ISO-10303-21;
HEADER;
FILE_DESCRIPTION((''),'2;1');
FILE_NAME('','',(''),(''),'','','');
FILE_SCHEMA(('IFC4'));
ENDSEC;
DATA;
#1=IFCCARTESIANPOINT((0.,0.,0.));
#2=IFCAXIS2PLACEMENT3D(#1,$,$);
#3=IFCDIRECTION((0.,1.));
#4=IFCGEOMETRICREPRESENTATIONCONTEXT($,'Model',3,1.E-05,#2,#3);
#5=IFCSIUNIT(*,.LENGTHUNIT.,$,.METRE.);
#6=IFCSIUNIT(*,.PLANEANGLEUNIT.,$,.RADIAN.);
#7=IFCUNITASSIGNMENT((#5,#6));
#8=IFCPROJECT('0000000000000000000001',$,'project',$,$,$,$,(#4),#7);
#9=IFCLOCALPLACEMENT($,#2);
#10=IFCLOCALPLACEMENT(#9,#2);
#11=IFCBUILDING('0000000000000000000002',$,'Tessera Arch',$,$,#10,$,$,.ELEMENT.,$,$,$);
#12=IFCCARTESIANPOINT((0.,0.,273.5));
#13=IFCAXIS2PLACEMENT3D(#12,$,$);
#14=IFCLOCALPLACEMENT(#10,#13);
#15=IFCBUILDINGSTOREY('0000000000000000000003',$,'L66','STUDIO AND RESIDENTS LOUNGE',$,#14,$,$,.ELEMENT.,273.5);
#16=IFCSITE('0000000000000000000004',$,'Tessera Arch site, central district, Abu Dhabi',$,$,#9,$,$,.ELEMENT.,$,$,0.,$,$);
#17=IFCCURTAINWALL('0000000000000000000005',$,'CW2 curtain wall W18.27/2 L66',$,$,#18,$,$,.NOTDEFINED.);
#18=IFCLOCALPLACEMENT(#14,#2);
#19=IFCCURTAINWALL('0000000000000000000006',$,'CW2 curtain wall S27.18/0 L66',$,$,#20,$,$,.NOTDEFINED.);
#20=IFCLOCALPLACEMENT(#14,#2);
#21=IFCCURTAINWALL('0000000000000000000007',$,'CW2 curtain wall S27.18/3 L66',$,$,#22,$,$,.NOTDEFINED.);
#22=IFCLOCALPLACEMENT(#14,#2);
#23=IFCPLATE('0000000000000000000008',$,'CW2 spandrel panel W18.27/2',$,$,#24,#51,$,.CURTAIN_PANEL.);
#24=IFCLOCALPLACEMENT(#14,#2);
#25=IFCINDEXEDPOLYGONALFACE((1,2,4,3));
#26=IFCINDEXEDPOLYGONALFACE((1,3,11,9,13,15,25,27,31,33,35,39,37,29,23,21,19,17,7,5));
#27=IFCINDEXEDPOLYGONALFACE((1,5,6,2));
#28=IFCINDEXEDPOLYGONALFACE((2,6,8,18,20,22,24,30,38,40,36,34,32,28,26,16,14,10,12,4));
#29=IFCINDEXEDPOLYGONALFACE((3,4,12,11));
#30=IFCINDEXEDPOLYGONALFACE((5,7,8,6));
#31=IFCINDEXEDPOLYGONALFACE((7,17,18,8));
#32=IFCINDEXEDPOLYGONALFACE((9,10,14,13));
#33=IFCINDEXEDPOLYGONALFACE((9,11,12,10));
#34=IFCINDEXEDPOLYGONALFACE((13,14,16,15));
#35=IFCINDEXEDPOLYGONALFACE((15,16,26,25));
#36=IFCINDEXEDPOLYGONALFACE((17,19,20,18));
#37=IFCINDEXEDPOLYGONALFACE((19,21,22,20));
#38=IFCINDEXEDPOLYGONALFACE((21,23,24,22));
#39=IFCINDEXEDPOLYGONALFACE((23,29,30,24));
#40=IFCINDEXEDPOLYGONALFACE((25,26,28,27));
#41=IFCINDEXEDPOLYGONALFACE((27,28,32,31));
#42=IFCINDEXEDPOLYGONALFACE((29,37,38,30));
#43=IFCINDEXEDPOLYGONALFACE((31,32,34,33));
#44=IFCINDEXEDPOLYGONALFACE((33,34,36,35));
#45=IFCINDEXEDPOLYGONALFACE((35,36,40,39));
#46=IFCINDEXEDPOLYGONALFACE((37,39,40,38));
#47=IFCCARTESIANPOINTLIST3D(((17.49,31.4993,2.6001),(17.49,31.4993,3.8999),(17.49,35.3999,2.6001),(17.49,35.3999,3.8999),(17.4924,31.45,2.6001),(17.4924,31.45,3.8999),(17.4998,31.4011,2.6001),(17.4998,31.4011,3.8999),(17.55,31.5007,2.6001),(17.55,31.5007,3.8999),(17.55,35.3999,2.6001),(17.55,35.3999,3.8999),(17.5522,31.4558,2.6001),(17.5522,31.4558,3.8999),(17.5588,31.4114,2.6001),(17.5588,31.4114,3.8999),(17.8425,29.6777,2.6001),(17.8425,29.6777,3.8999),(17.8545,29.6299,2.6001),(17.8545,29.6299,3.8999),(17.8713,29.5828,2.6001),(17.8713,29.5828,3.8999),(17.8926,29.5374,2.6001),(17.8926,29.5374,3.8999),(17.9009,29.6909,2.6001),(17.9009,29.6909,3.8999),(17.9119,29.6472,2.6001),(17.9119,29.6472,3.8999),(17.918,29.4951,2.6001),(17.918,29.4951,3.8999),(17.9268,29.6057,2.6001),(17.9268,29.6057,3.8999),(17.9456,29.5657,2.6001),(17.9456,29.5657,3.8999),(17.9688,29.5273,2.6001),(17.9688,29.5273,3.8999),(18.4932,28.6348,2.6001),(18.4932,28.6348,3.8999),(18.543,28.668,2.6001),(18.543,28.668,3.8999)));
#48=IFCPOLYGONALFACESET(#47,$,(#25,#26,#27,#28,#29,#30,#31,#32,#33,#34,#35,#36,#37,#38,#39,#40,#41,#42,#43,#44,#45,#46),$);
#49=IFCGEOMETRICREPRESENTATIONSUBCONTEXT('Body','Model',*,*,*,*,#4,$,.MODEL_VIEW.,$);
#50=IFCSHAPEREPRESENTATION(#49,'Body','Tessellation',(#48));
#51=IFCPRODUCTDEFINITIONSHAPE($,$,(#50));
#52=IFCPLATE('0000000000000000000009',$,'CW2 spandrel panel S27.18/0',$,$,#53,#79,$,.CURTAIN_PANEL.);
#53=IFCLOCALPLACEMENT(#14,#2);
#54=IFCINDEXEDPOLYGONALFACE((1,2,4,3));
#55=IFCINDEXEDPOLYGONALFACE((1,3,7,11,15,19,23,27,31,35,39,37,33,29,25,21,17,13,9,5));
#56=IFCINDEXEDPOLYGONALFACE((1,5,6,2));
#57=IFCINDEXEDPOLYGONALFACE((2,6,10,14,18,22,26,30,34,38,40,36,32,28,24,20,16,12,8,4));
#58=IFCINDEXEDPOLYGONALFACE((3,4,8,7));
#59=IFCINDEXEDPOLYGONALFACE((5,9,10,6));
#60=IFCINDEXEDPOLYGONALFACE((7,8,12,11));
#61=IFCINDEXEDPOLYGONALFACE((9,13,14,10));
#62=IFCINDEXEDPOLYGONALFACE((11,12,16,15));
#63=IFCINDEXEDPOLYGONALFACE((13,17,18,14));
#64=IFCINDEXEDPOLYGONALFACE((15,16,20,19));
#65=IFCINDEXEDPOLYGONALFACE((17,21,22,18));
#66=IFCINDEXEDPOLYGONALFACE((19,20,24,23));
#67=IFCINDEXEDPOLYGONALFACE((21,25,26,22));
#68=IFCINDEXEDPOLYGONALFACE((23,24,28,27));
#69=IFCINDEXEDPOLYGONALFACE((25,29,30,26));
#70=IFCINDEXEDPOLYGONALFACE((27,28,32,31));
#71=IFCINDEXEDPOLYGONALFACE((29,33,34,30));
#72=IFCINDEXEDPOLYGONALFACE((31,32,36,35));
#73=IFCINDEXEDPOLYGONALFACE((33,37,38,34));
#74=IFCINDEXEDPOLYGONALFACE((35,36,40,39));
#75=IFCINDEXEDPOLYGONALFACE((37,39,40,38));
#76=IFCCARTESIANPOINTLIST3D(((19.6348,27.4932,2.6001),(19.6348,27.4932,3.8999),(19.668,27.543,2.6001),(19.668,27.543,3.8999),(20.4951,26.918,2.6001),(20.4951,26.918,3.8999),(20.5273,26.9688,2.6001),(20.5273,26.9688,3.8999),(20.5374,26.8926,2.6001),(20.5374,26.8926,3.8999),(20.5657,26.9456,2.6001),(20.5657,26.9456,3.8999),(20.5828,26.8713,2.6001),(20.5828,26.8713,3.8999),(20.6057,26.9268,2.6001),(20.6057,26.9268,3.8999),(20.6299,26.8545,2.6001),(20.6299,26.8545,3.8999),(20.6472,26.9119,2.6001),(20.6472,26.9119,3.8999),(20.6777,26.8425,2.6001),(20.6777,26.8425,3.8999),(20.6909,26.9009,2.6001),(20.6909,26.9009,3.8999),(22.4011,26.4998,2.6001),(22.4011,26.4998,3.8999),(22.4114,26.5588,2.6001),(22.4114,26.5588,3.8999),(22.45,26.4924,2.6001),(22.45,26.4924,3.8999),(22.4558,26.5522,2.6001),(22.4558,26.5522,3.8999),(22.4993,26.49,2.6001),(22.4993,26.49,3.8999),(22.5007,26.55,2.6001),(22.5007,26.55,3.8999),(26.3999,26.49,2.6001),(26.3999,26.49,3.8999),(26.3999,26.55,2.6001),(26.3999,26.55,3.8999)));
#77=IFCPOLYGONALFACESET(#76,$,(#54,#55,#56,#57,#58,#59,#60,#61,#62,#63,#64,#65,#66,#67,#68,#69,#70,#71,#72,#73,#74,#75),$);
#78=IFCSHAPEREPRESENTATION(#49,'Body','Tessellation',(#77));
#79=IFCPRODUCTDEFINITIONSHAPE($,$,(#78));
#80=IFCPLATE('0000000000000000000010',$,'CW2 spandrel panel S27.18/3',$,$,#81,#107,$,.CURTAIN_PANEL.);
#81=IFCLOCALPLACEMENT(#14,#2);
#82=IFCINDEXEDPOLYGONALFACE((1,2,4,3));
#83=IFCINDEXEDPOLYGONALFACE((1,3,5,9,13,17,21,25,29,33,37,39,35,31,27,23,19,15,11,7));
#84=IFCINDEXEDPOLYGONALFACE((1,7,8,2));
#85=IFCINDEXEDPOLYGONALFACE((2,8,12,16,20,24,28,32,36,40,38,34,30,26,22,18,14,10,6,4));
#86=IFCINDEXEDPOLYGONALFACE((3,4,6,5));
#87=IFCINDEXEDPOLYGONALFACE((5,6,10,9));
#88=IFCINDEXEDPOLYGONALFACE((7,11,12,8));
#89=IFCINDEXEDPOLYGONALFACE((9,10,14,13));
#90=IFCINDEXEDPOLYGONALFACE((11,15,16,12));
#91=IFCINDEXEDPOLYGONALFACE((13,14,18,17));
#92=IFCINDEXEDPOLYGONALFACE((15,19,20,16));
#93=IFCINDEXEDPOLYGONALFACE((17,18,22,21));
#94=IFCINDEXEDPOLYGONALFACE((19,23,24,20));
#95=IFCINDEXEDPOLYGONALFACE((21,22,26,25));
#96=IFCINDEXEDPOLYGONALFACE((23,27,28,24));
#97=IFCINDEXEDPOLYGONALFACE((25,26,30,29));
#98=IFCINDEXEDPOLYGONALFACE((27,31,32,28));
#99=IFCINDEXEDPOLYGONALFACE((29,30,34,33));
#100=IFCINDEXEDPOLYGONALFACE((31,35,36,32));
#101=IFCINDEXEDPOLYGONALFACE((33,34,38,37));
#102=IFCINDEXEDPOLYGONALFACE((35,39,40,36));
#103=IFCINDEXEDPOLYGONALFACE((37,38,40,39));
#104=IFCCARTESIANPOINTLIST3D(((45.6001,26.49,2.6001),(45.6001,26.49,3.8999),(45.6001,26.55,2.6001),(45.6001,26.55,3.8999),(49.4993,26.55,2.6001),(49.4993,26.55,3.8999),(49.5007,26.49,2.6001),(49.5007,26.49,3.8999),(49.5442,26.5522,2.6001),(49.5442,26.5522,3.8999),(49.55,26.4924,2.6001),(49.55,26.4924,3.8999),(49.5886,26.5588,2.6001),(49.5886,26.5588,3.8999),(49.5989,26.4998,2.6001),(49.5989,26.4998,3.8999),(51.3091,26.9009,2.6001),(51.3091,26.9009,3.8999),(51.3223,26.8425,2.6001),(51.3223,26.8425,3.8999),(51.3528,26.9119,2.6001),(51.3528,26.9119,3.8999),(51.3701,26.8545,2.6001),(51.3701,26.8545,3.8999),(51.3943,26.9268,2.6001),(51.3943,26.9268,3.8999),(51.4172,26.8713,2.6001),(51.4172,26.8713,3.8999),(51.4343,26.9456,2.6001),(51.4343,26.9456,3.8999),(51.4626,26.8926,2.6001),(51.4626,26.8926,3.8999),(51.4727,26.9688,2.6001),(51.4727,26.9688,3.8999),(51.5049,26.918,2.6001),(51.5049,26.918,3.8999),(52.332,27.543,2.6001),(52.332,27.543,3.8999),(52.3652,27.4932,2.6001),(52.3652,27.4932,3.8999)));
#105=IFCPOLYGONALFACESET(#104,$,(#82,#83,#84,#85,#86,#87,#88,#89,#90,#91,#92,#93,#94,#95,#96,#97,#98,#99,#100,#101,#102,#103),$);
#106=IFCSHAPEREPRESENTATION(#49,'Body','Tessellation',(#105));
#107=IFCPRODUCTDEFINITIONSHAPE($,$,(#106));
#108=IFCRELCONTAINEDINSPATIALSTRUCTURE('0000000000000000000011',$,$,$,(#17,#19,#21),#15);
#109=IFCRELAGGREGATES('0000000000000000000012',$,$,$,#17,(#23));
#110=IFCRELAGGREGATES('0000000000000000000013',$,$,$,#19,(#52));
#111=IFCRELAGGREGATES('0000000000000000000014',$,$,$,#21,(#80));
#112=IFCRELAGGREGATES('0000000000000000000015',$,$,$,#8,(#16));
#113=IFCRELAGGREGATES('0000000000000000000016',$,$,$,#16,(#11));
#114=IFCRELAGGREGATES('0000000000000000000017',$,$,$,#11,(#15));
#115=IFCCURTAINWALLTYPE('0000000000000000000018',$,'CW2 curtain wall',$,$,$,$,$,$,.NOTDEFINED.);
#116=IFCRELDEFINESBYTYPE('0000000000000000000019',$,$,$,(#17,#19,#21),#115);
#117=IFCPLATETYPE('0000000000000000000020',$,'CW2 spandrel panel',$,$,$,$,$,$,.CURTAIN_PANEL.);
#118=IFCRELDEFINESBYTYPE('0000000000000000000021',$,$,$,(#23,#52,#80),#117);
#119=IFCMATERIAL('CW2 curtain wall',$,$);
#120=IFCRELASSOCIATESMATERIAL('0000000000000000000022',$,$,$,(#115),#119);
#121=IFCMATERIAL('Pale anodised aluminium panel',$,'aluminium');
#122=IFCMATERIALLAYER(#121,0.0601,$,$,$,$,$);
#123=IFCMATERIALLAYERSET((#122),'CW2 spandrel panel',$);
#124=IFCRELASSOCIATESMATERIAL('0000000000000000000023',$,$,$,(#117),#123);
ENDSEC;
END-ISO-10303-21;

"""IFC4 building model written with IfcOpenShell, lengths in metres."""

from ifc_helpers import new_model, si_unit, direction, frame, origin, place, context, subcontext, project, spatial, polyline, outline, extrude, material, layer, layer_set, type_object, element, aggregate, save


model = new_model("IFC4")

# Units and contexts
model_context = context("Model", 3, precision=1e-05, world=origin(), true_north=direction((0.0, 1.0)))
body_context = subcontext(model_context, "Body", "Model", "MODEL_VIEW")
ifc_project = project(units=[si_unit("LENGTHUNIT", "METRE"), si_unit("PLANEANGLEUNIT", "RADIAN")], contexts=[model_context])

# Site, building, storey
site_placement = place(None, origin())
site = spatial("IfcSite", under=ifc_project, at=site_placement, Name="Tessera Arch site, central district, Abu Dhabi", CompositionType="ELEMENT", RefElevation=0.0)
building_placement = place(site_placement, origin())
building = spatial("IfcBuilding", under=site, at=building_placement, Name="Tessera Arch", CompositionType="ELEMENT")
storey_placement = place(building_placement, frame((0.0, 0.0, 273.5)))
storey = spatial("IfcBuildingStorey", under=building, at=storey_placement, Name="L66", Description="STUDIO AND RESIDENTS LOUNGE", CompositionType="ELEMENT", Elevation=273.5)

# Curtain walls
ifc_material_1 = material(Name="CW2 curtain wall")
curtain_wall_type = type_object("IfcCurtainWallType", Name="CW2 curtain wall", PredefinedType="NOTDEFINED", material=ifc_material_1)
curtain_wall_1_placement = place(storey_placement, origin())
curtain_wall_1 = element("IfcCurtainWall", 1, at=curtain_wall_1_placement, inside=storey, type_object=curtain_wall_type, Name="CW2 curtain wall W18.27/2 L66", PredefinedType="NOTDEFINED")
curtain_wall_2_placement = place(storey_placement, origin())
curtain_wall_2 = element("IfcCurtainWall", 2, at=curtain_wall_2_placement, inside=storey, type_object=curtain_wall_type, Name="CW2 curtain wall S27.18/0 L66", PredefinedType="NOTDEFINED")
curtain_wall_3_placement = place(storey_placement, origin())
curtain_wall_3 = element("IfcCurtainWall", 3, at=curtain_wall_3_placement, inside=storey, type_object=curtain_wall_type, Name="CW2 curtain wall S27.18/3 L66", PredefinedType="NOTDEFINED")

# Plates
ifc_material_2 = material(Name="Pale anodised aluminium panel", Category="aluminium")
ifc_layer_1 = layer(ifc_material_2, 0.0601)
ifc_layer_set_1 = layer_set([ifc_layer_1], Name="CW2 spandrel panel")
plate_type_1 = type_object("IfcPlateType", Name="CW2 spandrel panel", PredefinedType="CURTAIN_PANEL", material=ifc_layer_set_1)
plate_1_placement = place(storey_placement, frame((0.0, 0.0, 2.6001)))
plate_1 = element("IfcPlate", 4, at=plate_1_placement, type_object=plate_type_1, Name="CW2 spandrel panel W18.27/2", PredefinedType="CURTAIN_PANEL", context=body_context, shape_type="SweptSolid", body=[
    extrude(outline(polyline([(17.55, 31.5007), (17.55, 35.3999), (17.49, 35.3999), (17.49, 31.4993), (17.4924, 31.45), (17.4998, 31.4011), (17.8425, 29.6777), (17.8545, 29.6299), (17.8713, 29.5828), (17.8926, 29.5374), (17.918, 29.4951), (18.4932, 28.6348), (18.543, 28.668), (17.9688, 29.5273), (17.9456, 29.5657), (17.9268, 29.6057), (17.9119, 29.6472), (17.9009, 29.6909), (17.5588, 31.4114), (17.5522, 31.4558), (17.55, 31.5007)])), origin(), (0.0, 0.0, 1.0), 1.2998),
])
aggregate(curtain_wall_1, [plate_1])
plate_2_placement = place(storey_placement, frame((0.0, 0.0, 2.6001)))
plate_2 = element("IfcPlate", 5, at=plate_2_placement, type_object=plate_type_1, Name="CW2 spandrel panel S27.18/0", PredefinedType="CURTAIN_PANEL", context=body_context, shape_type="SweptSolid", body=[
    extrude(outline(polyline([(20.5273, 26.9688), (19.668, 27.543), (19.6348, 27.4932), (20.4951, 26.918), (20.5374, 26.8926), (20.5828, 26.8713), (20.6299, 26.8545), (20.6777, 26.8425), (22.4011, 26.4998), (22.45, 26.4924), (22.4993, 26.49), (26.3999, 26.49), (26.3999, 26.55), (22.5007, 26.55), (22.4558, 26.5522), (22.4114, 26.5588), (20.6909, 26.9009), (20.6472, 26.9119), (20.6057, 26.9268), (20.5657, 26.9456), (20.5273, 26.9688)])), origin(), (0.0, 0.0, 1.0), 1.2998),
])
aggregate(curtain_wall_2, [plate_2])
plate_3_placement = place(storey_placement, frame((0.0, 0.0, 2.6001)))
plate_3 = element("IfcPlate", 6, at=plate_3_placement, type_object=plate_type_1, Name="CW2 spandrel panel S27.18/3", PredefinedType="CURTAIN_PANEL", context=body_context, shape_type="SweptSolid", body=[
    extrude(outline(polyline([(49.4993, 26.55), (45.6001, 26.55), (45.6001, 26.49), (49.5007, 26.49), (49.55, 26.4924), (49.5989, 26.4998), (51.3223, 26.8425), (51.3701, 26.8545), (51.4172, 26.8713), (51.4626, 26.8926), (51.5049, 26.918), (52.3652, 27.4932), (52.332, 27.543), (51.4727, 26.9688), (51.4343, 26.9456), (51.3943, 26.9268), (51.3528, 26.9119), (51.3091, 26.9009), (49.5886, 26.5588), (49.5442, 26.5522), (49.4993, 26.55)])), origin(), (0.0, 0.0, 1.0), 1.2998),
])
aggregate(curtain_wall_3, [plate_3])

save(model, "model.ifc")
